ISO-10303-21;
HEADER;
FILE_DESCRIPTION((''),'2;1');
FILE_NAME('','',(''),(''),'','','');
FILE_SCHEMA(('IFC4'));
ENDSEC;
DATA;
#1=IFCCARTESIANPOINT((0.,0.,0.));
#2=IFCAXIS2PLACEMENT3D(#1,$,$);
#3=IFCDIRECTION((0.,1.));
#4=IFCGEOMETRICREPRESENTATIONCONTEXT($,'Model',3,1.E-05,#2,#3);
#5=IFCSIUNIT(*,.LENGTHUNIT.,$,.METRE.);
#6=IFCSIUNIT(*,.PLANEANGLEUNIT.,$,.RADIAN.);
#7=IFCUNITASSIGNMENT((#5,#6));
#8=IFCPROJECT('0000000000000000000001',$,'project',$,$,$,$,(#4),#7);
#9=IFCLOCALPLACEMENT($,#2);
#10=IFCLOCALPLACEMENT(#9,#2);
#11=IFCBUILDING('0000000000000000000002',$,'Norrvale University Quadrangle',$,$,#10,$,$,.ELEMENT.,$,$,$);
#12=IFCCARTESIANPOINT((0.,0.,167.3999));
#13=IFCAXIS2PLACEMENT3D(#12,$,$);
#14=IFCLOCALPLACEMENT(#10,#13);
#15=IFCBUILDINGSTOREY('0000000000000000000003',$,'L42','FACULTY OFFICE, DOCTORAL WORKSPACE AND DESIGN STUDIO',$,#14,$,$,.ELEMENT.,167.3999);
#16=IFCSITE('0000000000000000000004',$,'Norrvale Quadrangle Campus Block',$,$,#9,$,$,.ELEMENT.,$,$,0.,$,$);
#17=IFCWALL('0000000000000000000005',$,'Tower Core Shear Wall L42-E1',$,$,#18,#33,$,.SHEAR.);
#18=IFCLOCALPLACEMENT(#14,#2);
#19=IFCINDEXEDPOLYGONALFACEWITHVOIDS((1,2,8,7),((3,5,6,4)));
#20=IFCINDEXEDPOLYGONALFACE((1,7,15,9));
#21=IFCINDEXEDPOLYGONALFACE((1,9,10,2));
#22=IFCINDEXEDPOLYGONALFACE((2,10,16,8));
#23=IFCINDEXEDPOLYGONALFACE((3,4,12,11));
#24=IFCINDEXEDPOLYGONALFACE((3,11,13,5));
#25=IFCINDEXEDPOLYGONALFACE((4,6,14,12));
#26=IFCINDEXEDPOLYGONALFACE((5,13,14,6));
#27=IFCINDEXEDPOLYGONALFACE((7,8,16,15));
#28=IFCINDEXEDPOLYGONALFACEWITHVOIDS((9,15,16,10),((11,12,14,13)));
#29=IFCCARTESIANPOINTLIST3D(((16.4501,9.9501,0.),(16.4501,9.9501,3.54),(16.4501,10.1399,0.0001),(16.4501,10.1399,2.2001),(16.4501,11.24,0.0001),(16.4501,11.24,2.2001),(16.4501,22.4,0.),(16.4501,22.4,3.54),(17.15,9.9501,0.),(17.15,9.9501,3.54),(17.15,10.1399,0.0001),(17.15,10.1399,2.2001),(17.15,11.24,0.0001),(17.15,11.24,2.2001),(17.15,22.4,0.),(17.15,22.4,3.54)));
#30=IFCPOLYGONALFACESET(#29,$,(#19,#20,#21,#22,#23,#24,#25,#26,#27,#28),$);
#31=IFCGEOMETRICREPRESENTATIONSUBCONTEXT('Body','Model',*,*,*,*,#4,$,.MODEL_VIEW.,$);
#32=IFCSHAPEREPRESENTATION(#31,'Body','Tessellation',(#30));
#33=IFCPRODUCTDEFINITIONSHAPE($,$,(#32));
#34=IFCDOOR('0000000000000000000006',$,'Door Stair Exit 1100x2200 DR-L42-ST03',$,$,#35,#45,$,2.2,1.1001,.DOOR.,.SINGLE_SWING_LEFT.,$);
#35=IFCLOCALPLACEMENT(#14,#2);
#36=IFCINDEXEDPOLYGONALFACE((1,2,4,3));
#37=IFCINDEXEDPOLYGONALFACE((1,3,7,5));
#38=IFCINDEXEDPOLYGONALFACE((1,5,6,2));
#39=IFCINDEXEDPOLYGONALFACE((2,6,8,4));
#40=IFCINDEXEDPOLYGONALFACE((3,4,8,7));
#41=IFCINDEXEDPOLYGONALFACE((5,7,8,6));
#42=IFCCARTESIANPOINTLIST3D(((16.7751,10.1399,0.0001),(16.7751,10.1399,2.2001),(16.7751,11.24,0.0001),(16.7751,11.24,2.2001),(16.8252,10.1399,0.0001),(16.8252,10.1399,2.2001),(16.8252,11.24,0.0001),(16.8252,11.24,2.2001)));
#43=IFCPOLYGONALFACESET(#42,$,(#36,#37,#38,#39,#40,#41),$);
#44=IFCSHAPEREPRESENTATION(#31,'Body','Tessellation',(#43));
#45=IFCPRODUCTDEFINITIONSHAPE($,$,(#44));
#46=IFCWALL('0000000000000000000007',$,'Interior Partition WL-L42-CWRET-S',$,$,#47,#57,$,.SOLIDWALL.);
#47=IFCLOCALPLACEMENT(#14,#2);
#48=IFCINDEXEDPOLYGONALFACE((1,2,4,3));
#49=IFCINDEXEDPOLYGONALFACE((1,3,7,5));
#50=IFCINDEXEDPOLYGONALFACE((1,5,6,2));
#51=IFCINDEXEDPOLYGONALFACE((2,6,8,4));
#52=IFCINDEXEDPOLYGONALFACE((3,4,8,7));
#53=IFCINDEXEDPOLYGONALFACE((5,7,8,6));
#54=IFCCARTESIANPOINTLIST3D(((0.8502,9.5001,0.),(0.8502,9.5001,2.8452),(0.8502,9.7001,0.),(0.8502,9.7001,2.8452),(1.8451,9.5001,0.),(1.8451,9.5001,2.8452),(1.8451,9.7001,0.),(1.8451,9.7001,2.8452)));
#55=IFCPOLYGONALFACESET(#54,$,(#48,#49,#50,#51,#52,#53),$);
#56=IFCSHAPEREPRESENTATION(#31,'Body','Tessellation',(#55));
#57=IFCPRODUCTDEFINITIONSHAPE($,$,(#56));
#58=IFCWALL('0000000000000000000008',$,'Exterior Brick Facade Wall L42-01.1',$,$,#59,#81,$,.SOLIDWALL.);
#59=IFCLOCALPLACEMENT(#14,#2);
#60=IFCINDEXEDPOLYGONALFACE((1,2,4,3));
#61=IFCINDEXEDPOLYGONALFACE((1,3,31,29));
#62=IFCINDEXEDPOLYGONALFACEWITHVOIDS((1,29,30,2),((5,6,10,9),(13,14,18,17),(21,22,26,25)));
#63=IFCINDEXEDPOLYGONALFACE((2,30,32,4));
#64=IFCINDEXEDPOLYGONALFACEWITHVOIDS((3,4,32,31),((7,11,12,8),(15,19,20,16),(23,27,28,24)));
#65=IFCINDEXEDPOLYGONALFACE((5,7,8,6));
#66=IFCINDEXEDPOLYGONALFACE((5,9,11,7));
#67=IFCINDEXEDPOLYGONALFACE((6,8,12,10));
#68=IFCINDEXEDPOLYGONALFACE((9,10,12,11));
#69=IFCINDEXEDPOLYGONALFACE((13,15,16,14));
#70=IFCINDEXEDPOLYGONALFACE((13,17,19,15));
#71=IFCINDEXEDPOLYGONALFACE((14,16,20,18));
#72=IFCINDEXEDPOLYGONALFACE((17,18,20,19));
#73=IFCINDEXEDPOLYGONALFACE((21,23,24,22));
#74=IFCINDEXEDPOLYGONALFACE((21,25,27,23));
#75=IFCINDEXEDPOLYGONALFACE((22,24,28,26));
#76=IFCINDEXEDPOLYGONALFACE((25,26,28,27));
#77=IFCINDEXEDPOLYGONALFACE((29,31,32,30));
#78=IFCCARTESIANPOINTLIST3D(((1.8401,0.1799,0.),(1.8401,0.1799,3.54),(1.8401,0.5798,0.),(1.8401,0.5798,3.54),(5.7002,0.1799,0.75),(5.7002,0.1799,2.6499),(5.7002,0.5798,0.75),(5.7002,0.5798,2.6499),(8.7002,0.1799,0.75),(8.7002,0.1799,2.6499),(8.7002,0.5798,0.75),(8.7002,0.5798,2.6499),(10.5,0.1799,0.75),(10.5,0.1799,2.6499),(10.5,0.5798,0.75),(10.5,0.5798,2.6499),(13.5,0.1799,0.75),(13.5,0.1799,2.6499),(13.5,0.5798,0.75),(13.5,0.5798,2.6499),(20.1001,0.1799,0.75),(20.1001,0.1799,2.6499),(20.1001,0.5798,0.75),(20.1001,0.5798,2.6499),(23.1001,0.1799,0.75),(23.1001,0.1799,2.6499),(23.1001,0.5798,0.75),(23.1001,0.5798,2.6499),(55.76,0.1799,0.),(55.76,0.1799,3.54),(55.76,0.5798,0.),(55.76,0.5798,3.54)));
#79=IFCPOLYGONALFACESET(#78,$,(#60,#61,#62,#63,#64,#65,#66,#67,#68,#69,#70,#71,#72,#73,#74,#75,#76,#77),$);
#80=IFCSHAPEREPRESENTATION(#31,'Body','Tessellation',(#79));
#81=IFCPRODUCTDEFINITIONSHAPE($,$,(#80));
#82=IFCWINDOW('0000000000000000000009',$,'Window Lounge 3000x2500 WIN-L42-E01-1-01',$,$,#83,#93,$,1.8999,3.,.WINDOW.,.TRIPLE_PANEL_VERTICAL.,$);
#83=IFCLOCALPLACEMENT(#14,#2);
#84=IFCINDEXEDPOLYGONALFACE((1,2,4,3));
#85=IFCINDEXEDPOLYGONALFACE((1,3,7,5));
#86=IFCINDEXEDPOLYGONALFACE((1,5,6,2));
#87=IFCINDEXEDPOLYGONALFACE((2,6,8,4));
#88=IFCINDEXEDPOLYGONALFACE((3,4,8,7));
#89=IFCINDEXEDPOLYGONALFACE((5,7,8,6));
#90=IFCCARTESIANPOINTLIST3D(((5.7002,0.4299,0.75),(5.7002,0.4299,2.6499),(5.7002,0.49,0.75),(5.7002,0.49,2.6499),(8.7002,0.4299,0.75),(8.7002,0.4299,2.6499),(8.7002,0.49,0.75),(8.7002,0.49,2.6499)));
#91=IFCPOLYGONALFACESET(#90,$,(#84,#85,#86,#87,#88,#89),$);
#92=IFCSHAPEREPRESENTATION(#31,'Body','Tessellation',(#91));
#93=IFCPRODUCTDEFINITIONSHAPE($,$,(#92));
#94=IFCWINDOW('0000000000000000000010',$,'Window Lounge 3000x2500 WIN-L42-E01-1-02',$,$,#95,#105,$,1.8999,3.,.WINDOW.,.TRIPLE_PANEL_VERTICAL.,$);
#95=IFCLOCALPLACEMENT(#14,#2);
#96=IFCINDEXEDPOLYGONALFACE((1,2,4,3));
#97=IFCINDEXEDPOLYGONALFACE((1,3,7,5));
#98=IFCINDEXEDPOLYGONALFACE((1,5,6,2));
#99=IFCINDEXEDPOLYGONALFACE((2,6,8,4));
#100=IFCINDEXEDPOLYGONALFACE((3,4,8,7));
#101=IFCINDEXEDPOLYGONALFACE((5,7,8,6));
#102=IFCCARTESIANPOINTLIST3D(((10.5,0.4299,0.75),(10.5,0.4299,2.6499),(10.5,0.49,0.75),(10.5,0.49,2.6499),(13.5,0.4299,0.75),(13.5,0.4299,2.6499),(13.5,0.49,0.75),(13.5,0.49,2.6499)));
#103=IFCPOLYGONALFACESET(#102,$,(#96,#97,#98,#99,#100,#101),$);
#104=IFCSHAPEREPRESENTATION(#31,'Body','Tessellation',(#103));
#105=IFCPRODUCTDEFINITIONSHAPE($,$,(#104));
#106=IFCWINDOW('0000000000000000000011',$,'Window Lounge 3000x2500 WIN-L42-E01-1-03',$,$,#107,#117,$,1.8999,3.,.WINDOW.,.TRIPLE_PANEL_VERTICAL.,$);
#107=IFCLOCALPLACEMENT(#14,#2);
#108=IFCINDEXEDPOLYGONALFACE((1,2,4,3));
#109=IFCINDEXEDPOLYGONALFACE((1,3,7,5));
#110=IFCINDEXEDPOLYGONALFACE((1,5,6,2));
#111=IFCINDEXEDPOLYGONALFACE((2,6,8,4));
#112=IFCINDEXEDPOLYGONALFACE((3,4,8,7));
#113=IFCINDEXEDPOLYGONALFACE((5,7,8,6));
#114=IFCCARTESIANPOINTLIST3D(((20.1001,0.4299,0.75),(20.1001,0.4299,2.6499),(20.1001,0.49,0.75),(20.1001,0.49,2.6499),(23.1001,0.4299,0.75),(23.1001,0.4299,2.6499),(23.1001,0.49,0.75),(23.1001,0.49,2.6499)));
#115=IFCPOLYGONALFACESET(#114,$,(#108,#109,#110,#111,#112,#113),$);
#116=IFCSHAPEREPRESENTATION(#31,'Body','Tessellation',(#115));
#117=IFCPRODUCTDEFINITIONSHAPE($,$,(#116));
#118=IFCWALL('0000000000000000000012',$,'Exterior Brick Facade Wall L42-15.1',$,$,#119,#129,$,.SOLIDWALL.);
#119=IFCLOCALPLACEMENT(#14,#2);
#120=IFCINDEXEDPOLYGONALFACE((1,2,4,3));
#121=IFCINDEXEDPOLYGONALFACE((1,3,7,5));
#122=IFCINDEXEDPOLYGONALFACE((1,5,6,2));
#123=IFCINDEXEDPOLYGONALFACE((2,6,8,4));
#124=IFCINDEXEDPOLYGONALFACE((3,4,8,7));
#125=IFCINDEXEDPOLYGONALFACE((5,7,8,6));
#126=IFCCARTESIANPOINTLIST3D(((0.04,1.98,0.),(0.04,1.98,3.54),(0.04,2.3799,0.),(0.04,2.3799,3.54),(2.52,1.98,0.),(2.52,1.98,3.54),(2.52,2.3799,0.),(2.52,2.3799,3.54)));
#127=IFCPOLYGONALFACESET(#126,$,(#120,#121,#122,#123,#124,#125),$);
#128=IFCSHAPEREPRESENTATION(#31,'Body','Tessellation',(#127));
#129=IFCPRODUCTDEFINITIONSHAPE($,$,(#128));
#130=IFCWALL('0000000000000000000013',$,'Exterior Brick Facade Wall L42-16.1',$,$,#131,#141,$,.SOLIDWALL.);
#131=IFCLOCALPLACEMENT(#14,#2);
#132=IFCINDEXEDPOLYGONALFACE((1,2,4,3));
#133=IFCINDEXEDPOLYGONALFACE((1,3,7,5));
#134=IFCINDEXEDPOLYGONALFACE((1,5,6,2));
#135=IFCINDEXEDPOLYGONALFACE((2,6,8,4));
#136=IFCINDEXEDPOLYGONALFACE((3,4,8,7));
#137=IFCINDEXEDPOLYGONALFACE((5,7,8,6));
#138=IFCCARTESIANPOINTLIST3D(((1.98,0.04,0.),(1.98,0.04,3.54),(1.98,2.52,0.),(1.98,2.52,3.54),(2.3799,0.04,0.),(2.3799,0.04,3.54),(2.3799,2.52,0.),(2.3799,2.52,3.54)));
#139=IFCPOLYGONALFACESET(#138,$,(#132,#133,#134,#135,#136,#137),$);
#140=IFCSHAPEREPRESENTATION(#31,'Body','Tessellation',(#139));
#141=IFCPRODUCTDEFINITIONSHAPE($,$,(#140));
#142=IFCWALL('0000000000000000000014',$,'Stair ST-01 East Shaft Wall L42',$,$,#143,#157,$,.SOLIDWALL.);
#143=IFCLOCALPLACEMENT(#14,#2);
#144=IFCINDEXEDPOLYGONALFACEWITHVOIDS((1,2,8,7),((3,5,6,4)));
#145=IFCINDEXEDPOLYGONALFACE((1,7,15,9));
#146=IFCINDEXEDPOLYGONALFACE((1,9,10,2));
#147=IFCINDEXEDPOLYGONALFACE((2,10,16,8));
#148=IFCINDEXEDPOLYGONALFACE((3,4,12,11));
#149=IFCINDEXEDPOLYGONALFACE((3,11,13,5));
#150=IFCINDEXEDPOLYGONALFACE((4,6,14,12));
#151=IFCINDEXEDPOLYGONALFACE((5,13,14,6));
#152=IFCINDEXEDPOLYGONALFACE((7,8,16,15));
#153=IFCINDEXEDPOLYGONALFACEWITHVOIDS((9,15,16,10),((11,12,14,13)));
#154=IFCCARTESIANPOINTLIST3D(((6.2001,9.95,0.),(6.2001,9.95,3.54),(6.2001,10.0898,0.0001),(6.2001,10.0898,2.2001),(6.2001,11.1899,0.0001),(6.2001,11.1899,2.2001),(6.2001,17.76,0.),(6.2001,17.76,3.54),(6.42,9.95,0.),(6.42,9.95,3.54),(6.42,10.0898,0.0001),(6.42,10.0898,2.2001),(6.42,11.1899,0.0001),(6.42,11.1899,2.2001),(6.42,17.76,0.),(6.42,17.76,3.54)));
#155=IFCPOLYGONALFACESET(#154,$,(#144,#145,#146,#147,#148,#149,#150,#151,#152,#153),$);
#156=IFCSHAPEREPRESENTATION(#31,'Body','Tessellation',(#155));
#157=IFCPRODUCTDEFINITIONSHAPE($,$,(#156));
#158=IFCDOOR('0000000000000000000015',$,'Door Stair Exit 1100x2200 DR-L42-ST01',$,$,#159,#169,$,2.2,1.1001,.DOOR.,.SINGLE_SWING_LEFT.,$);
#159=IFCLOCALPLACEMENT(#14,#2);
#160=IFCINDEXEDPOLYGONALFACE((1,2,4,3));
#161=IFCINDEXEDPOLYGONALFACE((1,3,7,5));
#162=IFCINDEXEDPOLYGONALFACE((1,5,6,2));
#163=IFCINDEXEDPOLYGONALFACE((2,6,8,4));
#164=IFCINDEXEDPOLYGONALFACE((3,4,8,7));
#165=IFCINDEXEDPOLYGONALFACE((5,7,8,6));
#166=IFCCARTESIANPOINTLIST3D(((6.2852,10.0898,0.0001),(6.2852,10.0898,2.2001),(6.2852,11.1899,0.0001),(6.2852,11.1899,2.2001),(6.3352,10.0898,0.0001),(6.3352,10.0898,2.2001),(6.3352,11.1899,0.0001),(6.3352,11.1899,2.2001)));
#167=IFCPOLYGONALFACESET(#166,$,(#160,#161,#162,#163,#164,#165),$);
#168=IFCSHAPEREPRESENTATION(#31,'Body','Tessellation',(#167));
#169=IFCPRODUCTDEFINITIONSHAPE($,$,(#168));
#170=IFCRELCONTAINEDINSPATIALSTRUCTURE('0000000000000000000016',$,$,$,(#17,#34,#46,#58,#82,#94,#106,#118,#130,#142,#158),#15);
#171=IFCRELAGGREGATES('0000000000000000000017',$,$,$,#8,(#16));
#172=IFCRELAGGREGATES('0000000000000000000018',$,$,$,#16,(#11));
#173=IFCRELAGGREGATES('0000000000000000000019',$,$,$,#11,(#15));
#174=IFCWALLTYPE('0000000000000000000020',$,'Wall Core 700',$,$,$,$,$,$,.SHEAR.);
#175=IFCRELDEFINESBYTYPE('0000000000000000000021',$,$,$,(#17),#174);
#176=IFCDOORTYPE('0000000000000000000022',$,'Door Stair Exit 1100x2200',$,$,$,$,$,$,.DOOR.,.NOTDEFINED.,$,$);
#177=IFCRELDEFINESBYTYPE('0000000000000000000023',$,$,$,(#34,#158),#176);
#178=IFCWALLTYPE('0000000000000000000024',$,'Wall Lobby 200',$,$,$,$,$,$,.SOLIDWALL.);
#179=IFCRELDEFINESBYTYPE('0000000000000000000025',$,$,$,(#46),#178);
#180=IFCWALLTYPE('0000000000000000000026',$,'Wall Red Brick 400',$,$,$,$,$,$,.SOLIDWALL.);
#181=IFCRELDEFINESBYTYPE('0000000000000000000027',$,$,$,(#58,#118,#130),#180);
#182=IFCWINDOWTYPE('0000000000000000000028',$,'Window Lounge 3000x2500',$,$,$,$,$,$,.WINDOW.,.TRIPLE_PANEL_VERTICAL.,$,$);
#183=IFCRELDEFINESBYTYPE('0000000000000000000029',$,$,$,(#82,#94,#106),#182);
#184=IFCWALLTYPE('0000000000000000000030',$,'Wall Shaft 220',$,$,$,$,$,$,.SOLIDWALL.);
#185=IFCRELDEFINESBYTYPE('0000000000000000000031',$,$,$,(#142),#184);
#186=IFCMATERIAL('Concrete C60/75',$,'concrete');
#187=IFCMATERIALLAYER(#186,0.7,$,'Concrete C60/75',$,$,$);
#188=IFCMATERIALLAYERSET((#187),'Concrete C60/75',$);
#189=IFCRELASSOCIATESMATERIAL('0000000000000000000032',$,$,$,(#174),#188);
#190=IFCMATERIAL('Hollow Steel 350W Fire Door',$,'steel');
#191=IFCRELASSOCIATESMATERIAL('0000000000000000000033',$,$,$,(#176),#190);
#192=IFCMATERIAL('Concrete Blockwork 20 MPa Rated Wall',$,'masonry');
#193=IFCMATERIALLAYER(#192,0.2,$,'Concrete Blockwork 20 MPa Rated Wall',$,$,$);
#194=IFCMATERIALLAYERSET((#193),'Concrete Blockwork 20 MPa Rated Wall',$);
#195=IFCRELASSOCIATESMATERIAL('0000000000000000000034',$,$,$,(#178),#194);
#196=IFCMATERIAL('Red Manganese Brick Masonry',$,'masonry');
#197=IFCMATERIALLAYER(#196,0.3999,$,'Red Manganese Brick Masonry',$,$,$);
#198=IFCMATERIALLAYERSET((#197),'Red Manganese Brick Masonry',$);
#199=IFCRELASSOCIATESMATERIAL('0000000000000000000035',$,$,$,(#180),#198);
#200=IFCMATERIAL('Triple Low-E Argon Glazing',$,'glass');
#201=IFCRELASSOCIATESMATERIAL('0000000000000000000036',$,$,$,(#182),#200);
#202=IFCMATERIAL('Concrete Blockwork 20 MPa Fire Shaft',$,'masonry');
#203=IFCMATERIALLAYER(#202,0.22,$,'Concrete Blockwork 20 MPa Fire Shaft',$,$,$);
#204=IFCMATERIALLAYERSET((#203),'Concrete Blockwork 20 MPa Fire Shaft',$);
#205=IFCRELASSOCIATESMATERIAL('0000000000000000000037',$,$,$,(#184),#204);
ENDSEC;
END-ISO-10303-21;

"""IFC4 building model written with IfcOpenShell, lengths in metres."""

from ifc_helpers import new_model, si_unit, direction, frame, frame_2d, origin, place, context, subcontext, project, spatial, rectangle, extrude, material, layer, layer_set, type_object, element, fill, save


model = new_model("IFC4")

# Units and contexts
model_context = context("Model", 3, precision=1e-05, world=origin(), true_north=direction((0.0, 1.0)))
body_context = subcontext(model_context, "Body", "Model", "MODEL_VIEW")
ifc_project = project(units=[si_unit("LENGTHUNIT", "METRE"), si_unit("PLANEANGLEUNIT", "RADIAN")], contexts=[model_context])

# Site, building, storey
site_placement = place(None, origin())
site = spatial("IfcSite", under=ifc_project, at=site_placement, Name="Norrvale Quadrangle Campus Block", CompositionType="ELEMENT", RefElevation=0.0)
building_placement = place(site_placement, origin())
building = spatial("IfcBuilding", under=site, at=building_placement, Name="Norrvale University Quadrangle", CompositionType="ELEMENT")
storey_placement = place(building_placement, frame((0.0, 0.0, 167.3999)))
storey = spatial("IfcBuildingStorey", under=building, at=storey_placement, Name="L42", Description="FACULTY OFFICE, DOCTORAL WORKSPACE AND DESIGN STUDIO", CompositionType="ELEMENT", Elevation=167.3999)

# Shared definitions
ifc_material_1 = material(Name="Concrete C60/75", Category="concrete")

# Shared definitions
ifc_layer_1 = layer(ifc_material_1, 0.7, Name="Concrete C60/75")
ifc_layer_set_1 = layer_set([ifc_layer_1], Name="Concrete C60/75")
wall_type_1 = type_object("IfcWallType", Name="Wall Core 700", PredefinedType="SHEAR", material=ifc_layer_set_1)

# Wall, opening, door
wall_1_placement = place(storey_placement, frame((16.8, 9.95, 0.0), z_axis=(0.0, 0.0, 1.0), x_axis=(0.0, 1.0, 0.0)))
wall_1 = element("IfcWall", 1, at=wall_1_placement, inside=storey, type_object=wall_type_1, Name="Tower Core Shear Wall L42-E1", PredefinedType="SHEAR", context=body_context, shape_type="SweptSolid", body=[
    extrude(rectangle(XDim=12.45, YDim=0.7, at=frame_2d((6.2251, 0.0))), origin(), (0.0, 0.0, 1.0), 3.54),
])
opening_1_placement = place(wall_1_placement, frame((0.1899, 0.0, 0.0)))
opening_1 = element("IfcOpeningElement", 2, at=opening_1_placement, cuts=wall_1, PredefinedType="OPENING", context=body_context, shape_type="SweptSolid", body=[
    extrude(rectangle(XDim=1.1001, YDim=2.2, at=frame_2d((0.55, 1.1001))), frame((0.0, 0.3621, 0.0), z_axis=(0.0, -1.0, 0.0), x_axis=(1.0, 0.0, 0.0)), (0.0, 0.0, 1.0), 0.7239),
])
ifc_material_2 = material(Name="Hollow Steel 350W Fire Door", Category="steel")
door_type = type_object("IfcDoorType", Name="Door Stair Exit 1100x2200", OperationType="NOTDEFINED", PredefinedType="DOOR", material=ifc_material_2)
door_1_placement = place(opening_1_placement, origin())
door_1 = element("IfcDoor", 3, at=door_1_placement, inside=storey, type_object=door_type, Name="Door Stair Exit 1100x2200 DR-L42-ST03", OperationType="SINGLE_SWING_LEFT", OverallHeight=2.2, OverallWidth=1.1001, PredefinedType="DOOR", context=body_context, shape_type="SweptSolid", body=[
    extrude(rectangle(XDim=1.1001, YDim=2.2, at=frame_2d((0.55, 1.1001))), frame((0.0, 0.0249, 0.0), z_axis=(0.0, -1.0, 0.0), x_axis=(1.0, 0.0, 0.0)), (0.0, 0.0, 1.0), 0.05),
])
fill(opening_1, door_1)

# Wall
ifc_material_3 = material(Name="Concrete Blockwork 20 MPa Rated Wall", Category="masonry")
ifc_layer_2 = layer(ifc_material_3, 0.2, Name="Concrete Blockwork 20 MPa Rated Wall")
ifc_layer_set_2 = layer_set([ifc_layer_2], Name="Concrete Blockwork 20 MPa Rated Wall")
wall_type_2 = type_object("IfcWallType", Name="Wall Lobby 200", PredefinedType="SOLIDWALL", material=ifc_layer_set_2)
wall_2_placement = place(storey_placement, frame((0.8501, 9.6001, 0.0), z_axis=(0.0, 0.0, 1.0), x_axis=(1.0, 0.0, 0.0)))
element("IfcWall", 4, at=wall_2_placement, inside=storey, type_object=wall_type_2, Name="Interior Partition WL-L42-CWRET-S", PredefinedType="SOLIDWALL", context=body_context, shape_type="SweptSolid", body=[
    extrude(rectangle(XDim=0.9949, YDim=0.2, at=frame_2d((0.4976, 0.0))), origin(), (0.0, 0.0, 1.0), 2.8452),
])

# Wall, openings, windows
ifc_material_4 = material(Name="Red Manganese Brick Masonry", Category="masonry")
ifc_layer_3 = layer(ifc_material_4, 0.3999, Name="Red Manganese Brick Masonry")
ifc_layer_set_3 = layer_set([ifc_layer_3], Name="Red Manganese Brick Masonry")
wall_type_3 = type_object("IfcWallType", Name="Wall Red Brick 400", PredefinedType="SOLIDWALL", material=ifc_layer_set_3)
wall_3_placement = place(storey_placement, frame((1.8401, 0.3799, 0.0), z_axis=(0.0, 0.0, 1.0), x_axis=(1.0, 0.0, 0.0)))
wall_3 = element("IfcWall", 5, at=wall_3_placement, inside=storey, type_object=wall_type_3, Name="Exterior Brick Facade Wall L42-01.1", PredefinedType="SOLIDWALL", context=body_context, shape_type="SweptSolid", body=[
    extrude(rectangle(XDim=53.9199, YDim=0.3999, at=frame_2d((26.96, 0.0))), origin(), (0.0, 0.0, 1.0), 3.54),
])
opening_2_placement = place(wall_3_placement, frame((3.8601, 0.0, 0.75)))
opening_2 = element("IfcOpeningElement", 6, at=opening_2_placement, cuts=wall_3, PredefinedType="OPENING", context=body_context, shape_type="SweptSolid", body=[
    extrude(rectangle(XDim=3.0, YDim=1.8999, at=frame_2d((1.5, 0.95))), frame((0.0, 0.2119, 0.0), z_axis=(0.0, -1.0, 0.0), x_axis=(1.0, 0.0, 0.0)), (0.0, 0.0, 1.0), 0.4238),
])
opening_3_placement = place(wall_3_placement, frame((8.6599, 0.0, 0.75)))
opening_3 = element("IfcOpeningElement", 7, at=opening_3_placement, cuts=wall_3, PredefinedType="OPENING", context=body_context, shape_type="SweptSolid", body=[
    extrude(rectangle(XDim=3.0, YDim=1.8999, at=frame_2d((1.5, 0.95))), frame((0.0, 0.2119, 0.0), z_axis=(0.0, -1.0, 0.0), x_axis=(1.0, 0.0, 0.0)), (0.0, 0.0, 1.0), 0.4238),
])
opening_4_placement = place(wall_3_placement, frame((18.26, 0.0, 0.75)))
opening_4 = element("IfcOpeningElement", 8, at=opening_4_placement, cuts=wall_3, PredefinedType="OPENING", context=body_context, shape_type="SweptSolid", body=[
    extrude(rectangle(XDim=3.0, YDim=1.8999, at=frame_2d((1.5, 0.95))), frame((0.0, 0.2119, 0.0), z_axis=(0.0, -1.0, 0.0), x_axis=(1.0, 0.0, 0.0)), (0.0, 0.0, 1.0), 0.4238),
])
ifc_material_5 = material(Name="Triple Low-E Argon Glazing", Category="glass")
window_type = type_object("IfcWindowType", Name="Window Lounge 3000x2500", PartitioningType="TRIPLE_PANEL_VERTICAL", PredefinedType="WINDOW", material=ifc_material_5)
window_1_placement = place(opening_2_placement, origin())
window_1 = element("IfcWindow", 9, at=window_1_placement, inside=storey, type_object=window_type, Name="Window Lounge 3000x2500 WIN-L42-E01-1-01", OverallHeight=1.8999, OverallWidth=3.0, PartitioningType="TRIPLE_PANEL_VERTICAL", PredefinedType="WINDOW", context=body_context, shape_type="SweptSolid", body=[
    extrude(rectangle(XDim=3.0, YDim=1.8999, at=frame_2d((1.5, 0.95))), frame((0.0, 0.1101, 0.0), z_axis=(0.0, -1.0, 0.0), x_axis=(1.0, 0.0, 0.0)), (0.0, 0.0, 1.0), 0.0601),
])
fill(opening_2, window_1)
window_2_placement = place(opening_3_placement, origin())
window_2 = element("IfcWindow", 10, at=window_2_placement, inside=storey, type_object=window_type, Name="Window Lounge 3000x2500 WIN-L42-E01-1-02", OverallHeight=1.8999, OverallWidth=3.0, PartitioningType="TRIPLE_PANEL_VERTICAL", PredefinedType="WINDOW", context=body_context, shape_type="SweptSolid", body=[
    extrude(rectangle(XDim=3.0, YDim=1.8999, at=frame_2d((1.5, 0.95))), frame((0.0, 0.1101, 0.0), z_axis=(0.0, -1.0, 0.0), x_axis=(1.0, 0.0, 0.0)), (0.0, 0.0, 1.0), 0.0601),
])
fill(opening_3, window_2)
window_3_placement = place(opening_4_placement, origin())
window_3 = element("IfcWindow", 11, at=window_3_placement, inside=storey, type_object=window_type, Name="Window Lounge 3000x2500 WIN-L42-E01-1-03", OverallHeight=1.8999, OverallWidth=3.0, PartitioningType="TRIPLE_PANEL_VERTICAL", PredefinedType="WINDOW", context=body_context, shape_type="SweptSolid", body=[
    extrude(rectangle(XDim=3.0, YDim=1.8999, at=frame_2d((1.5, 0.95))), frame((0.0, 0.1101, 0.0), z_axis=(0.0, -1.0, 0.0), x_axis=(1.0, 0.0, 0.0)), (0.0, 0.0, 1.0), 0.0601),
])
fill(opening_4, window_3)

# Walls
for number, where, z_axis, x_axis, name in (
    (12, (0.04, 2.1799, 0.0), (0.0, 0.0, 1.0), (1.0, 0.0, 0.0), "Exterior Brick Facade Wall L42-15.1"),
    (13, (2.1799, 2.52, 0.0), (0.0, 0.0, 1.0), (0.0, -1.0, 0.0), "Exterior Brick Facade Wall L42-16.1"),
):
    element("IfcWall", number, at=place(storey_placement, frame(where, z_axis=z_axis, x_axis=x_axis)), inside=storey, type_object=wall_type_3, Name=name, PredefinedType="SOLIDWALL", context=body_context, shape_type="SweptSolid", body=[
        extrude(rectangle(XDim=2.48, YDim=0.3999, at=frame_2d((1.24, 0.0))), origin(), (0.0, 0.0, 1.0), 3.54),
    ])

# Wall, opening, door
ifc_material_6 = material(Name="Concrete Blockwork 20 MPa Fire Shaft", Category="masonry")
ifc_layer_4 = layer(ifc_material_6, 0.22, Name="Concrete Blockwork 20 MPa Fire Shaft")
ifc_layer_set_4 = layer_set([ifc_layer_4], Name="Concrete Blockwork 20 MPa Fire Shaft")
wall_type_4 = type_object("IfcWallType", Name="Wall Shaft 220", PredefinedType="SOLIDWALL", material=ifc_layer_set_4)
wall_4_placement = place(storey_placement, frame((6.3101, 9.95, 0.0), z_axis=(0.0, 0.0, 1.0), x_axis=(0.0, 1.0, 0.0)))
wall_4 = element("IfcWall", 14, at=wall_4_placement, inside=storey, type_object=wall_type_4, Name="Stair ST-01 East Shaft Wall L42", PredefinedType="SOLIDWALL", context=body_context, shape_type="SweptSolid", body=[
    extrude(rectangle(XDim=7.8101, YDim=0.22, at=frame_2d((3.905, 0.0))), origin(), (0.0, 0.0, 1.0), 3.54),
])
opening_5_placement = place(wall_4_placement, frame((0.1399, 0.0, 0.0)))
opening_5 = element("IfcOpeningElement", 15, at=opening_5_placement, cuts=wall_4, PredefinedType="OPENING", context=body_context, shape_type="SweptSolid", body=[
    extrude(rectangle(XDim=1.1001, YDim=2.2, at=frame_2d((0.55, 1.1001))), frame((0.0, 0.1221, 0.0), z_axis=(0.0, -1.0, 0.0), x_axis=(1.0, 0.0, 0.0)), (0.0, 0.0, 1.0), 0.2439),
])
door_2_placement = place(opening_5_placement, origin())
door_2 = element("IfcDoor", 16, at=door_2_placement, inside=storey, type_object=door_type, Name="Door Stair Exit 1100x2200 DR-L42-ST01", OperationType="SINGLE_SWING_LEFT", OverallHeight=2.2, OverallWidth=1.1001, PredefinedType="DOOR", context=body_context, shape_type="SweptSolid", body=[
    extrude(rectangle(XDim=1.1001, YDim=2.2, at=frame_2d((0.55, 1.1001))), frame((0.0, 0.0249, 0.0), z_axis=(0.0, -1.0, 0.0), x_axis=(1.0, 0.0, 0.0)), (0.0, 0.0, 1.0), 0.05),
])
fill(opening_5, door_2)

save(model, "model.ifc")
